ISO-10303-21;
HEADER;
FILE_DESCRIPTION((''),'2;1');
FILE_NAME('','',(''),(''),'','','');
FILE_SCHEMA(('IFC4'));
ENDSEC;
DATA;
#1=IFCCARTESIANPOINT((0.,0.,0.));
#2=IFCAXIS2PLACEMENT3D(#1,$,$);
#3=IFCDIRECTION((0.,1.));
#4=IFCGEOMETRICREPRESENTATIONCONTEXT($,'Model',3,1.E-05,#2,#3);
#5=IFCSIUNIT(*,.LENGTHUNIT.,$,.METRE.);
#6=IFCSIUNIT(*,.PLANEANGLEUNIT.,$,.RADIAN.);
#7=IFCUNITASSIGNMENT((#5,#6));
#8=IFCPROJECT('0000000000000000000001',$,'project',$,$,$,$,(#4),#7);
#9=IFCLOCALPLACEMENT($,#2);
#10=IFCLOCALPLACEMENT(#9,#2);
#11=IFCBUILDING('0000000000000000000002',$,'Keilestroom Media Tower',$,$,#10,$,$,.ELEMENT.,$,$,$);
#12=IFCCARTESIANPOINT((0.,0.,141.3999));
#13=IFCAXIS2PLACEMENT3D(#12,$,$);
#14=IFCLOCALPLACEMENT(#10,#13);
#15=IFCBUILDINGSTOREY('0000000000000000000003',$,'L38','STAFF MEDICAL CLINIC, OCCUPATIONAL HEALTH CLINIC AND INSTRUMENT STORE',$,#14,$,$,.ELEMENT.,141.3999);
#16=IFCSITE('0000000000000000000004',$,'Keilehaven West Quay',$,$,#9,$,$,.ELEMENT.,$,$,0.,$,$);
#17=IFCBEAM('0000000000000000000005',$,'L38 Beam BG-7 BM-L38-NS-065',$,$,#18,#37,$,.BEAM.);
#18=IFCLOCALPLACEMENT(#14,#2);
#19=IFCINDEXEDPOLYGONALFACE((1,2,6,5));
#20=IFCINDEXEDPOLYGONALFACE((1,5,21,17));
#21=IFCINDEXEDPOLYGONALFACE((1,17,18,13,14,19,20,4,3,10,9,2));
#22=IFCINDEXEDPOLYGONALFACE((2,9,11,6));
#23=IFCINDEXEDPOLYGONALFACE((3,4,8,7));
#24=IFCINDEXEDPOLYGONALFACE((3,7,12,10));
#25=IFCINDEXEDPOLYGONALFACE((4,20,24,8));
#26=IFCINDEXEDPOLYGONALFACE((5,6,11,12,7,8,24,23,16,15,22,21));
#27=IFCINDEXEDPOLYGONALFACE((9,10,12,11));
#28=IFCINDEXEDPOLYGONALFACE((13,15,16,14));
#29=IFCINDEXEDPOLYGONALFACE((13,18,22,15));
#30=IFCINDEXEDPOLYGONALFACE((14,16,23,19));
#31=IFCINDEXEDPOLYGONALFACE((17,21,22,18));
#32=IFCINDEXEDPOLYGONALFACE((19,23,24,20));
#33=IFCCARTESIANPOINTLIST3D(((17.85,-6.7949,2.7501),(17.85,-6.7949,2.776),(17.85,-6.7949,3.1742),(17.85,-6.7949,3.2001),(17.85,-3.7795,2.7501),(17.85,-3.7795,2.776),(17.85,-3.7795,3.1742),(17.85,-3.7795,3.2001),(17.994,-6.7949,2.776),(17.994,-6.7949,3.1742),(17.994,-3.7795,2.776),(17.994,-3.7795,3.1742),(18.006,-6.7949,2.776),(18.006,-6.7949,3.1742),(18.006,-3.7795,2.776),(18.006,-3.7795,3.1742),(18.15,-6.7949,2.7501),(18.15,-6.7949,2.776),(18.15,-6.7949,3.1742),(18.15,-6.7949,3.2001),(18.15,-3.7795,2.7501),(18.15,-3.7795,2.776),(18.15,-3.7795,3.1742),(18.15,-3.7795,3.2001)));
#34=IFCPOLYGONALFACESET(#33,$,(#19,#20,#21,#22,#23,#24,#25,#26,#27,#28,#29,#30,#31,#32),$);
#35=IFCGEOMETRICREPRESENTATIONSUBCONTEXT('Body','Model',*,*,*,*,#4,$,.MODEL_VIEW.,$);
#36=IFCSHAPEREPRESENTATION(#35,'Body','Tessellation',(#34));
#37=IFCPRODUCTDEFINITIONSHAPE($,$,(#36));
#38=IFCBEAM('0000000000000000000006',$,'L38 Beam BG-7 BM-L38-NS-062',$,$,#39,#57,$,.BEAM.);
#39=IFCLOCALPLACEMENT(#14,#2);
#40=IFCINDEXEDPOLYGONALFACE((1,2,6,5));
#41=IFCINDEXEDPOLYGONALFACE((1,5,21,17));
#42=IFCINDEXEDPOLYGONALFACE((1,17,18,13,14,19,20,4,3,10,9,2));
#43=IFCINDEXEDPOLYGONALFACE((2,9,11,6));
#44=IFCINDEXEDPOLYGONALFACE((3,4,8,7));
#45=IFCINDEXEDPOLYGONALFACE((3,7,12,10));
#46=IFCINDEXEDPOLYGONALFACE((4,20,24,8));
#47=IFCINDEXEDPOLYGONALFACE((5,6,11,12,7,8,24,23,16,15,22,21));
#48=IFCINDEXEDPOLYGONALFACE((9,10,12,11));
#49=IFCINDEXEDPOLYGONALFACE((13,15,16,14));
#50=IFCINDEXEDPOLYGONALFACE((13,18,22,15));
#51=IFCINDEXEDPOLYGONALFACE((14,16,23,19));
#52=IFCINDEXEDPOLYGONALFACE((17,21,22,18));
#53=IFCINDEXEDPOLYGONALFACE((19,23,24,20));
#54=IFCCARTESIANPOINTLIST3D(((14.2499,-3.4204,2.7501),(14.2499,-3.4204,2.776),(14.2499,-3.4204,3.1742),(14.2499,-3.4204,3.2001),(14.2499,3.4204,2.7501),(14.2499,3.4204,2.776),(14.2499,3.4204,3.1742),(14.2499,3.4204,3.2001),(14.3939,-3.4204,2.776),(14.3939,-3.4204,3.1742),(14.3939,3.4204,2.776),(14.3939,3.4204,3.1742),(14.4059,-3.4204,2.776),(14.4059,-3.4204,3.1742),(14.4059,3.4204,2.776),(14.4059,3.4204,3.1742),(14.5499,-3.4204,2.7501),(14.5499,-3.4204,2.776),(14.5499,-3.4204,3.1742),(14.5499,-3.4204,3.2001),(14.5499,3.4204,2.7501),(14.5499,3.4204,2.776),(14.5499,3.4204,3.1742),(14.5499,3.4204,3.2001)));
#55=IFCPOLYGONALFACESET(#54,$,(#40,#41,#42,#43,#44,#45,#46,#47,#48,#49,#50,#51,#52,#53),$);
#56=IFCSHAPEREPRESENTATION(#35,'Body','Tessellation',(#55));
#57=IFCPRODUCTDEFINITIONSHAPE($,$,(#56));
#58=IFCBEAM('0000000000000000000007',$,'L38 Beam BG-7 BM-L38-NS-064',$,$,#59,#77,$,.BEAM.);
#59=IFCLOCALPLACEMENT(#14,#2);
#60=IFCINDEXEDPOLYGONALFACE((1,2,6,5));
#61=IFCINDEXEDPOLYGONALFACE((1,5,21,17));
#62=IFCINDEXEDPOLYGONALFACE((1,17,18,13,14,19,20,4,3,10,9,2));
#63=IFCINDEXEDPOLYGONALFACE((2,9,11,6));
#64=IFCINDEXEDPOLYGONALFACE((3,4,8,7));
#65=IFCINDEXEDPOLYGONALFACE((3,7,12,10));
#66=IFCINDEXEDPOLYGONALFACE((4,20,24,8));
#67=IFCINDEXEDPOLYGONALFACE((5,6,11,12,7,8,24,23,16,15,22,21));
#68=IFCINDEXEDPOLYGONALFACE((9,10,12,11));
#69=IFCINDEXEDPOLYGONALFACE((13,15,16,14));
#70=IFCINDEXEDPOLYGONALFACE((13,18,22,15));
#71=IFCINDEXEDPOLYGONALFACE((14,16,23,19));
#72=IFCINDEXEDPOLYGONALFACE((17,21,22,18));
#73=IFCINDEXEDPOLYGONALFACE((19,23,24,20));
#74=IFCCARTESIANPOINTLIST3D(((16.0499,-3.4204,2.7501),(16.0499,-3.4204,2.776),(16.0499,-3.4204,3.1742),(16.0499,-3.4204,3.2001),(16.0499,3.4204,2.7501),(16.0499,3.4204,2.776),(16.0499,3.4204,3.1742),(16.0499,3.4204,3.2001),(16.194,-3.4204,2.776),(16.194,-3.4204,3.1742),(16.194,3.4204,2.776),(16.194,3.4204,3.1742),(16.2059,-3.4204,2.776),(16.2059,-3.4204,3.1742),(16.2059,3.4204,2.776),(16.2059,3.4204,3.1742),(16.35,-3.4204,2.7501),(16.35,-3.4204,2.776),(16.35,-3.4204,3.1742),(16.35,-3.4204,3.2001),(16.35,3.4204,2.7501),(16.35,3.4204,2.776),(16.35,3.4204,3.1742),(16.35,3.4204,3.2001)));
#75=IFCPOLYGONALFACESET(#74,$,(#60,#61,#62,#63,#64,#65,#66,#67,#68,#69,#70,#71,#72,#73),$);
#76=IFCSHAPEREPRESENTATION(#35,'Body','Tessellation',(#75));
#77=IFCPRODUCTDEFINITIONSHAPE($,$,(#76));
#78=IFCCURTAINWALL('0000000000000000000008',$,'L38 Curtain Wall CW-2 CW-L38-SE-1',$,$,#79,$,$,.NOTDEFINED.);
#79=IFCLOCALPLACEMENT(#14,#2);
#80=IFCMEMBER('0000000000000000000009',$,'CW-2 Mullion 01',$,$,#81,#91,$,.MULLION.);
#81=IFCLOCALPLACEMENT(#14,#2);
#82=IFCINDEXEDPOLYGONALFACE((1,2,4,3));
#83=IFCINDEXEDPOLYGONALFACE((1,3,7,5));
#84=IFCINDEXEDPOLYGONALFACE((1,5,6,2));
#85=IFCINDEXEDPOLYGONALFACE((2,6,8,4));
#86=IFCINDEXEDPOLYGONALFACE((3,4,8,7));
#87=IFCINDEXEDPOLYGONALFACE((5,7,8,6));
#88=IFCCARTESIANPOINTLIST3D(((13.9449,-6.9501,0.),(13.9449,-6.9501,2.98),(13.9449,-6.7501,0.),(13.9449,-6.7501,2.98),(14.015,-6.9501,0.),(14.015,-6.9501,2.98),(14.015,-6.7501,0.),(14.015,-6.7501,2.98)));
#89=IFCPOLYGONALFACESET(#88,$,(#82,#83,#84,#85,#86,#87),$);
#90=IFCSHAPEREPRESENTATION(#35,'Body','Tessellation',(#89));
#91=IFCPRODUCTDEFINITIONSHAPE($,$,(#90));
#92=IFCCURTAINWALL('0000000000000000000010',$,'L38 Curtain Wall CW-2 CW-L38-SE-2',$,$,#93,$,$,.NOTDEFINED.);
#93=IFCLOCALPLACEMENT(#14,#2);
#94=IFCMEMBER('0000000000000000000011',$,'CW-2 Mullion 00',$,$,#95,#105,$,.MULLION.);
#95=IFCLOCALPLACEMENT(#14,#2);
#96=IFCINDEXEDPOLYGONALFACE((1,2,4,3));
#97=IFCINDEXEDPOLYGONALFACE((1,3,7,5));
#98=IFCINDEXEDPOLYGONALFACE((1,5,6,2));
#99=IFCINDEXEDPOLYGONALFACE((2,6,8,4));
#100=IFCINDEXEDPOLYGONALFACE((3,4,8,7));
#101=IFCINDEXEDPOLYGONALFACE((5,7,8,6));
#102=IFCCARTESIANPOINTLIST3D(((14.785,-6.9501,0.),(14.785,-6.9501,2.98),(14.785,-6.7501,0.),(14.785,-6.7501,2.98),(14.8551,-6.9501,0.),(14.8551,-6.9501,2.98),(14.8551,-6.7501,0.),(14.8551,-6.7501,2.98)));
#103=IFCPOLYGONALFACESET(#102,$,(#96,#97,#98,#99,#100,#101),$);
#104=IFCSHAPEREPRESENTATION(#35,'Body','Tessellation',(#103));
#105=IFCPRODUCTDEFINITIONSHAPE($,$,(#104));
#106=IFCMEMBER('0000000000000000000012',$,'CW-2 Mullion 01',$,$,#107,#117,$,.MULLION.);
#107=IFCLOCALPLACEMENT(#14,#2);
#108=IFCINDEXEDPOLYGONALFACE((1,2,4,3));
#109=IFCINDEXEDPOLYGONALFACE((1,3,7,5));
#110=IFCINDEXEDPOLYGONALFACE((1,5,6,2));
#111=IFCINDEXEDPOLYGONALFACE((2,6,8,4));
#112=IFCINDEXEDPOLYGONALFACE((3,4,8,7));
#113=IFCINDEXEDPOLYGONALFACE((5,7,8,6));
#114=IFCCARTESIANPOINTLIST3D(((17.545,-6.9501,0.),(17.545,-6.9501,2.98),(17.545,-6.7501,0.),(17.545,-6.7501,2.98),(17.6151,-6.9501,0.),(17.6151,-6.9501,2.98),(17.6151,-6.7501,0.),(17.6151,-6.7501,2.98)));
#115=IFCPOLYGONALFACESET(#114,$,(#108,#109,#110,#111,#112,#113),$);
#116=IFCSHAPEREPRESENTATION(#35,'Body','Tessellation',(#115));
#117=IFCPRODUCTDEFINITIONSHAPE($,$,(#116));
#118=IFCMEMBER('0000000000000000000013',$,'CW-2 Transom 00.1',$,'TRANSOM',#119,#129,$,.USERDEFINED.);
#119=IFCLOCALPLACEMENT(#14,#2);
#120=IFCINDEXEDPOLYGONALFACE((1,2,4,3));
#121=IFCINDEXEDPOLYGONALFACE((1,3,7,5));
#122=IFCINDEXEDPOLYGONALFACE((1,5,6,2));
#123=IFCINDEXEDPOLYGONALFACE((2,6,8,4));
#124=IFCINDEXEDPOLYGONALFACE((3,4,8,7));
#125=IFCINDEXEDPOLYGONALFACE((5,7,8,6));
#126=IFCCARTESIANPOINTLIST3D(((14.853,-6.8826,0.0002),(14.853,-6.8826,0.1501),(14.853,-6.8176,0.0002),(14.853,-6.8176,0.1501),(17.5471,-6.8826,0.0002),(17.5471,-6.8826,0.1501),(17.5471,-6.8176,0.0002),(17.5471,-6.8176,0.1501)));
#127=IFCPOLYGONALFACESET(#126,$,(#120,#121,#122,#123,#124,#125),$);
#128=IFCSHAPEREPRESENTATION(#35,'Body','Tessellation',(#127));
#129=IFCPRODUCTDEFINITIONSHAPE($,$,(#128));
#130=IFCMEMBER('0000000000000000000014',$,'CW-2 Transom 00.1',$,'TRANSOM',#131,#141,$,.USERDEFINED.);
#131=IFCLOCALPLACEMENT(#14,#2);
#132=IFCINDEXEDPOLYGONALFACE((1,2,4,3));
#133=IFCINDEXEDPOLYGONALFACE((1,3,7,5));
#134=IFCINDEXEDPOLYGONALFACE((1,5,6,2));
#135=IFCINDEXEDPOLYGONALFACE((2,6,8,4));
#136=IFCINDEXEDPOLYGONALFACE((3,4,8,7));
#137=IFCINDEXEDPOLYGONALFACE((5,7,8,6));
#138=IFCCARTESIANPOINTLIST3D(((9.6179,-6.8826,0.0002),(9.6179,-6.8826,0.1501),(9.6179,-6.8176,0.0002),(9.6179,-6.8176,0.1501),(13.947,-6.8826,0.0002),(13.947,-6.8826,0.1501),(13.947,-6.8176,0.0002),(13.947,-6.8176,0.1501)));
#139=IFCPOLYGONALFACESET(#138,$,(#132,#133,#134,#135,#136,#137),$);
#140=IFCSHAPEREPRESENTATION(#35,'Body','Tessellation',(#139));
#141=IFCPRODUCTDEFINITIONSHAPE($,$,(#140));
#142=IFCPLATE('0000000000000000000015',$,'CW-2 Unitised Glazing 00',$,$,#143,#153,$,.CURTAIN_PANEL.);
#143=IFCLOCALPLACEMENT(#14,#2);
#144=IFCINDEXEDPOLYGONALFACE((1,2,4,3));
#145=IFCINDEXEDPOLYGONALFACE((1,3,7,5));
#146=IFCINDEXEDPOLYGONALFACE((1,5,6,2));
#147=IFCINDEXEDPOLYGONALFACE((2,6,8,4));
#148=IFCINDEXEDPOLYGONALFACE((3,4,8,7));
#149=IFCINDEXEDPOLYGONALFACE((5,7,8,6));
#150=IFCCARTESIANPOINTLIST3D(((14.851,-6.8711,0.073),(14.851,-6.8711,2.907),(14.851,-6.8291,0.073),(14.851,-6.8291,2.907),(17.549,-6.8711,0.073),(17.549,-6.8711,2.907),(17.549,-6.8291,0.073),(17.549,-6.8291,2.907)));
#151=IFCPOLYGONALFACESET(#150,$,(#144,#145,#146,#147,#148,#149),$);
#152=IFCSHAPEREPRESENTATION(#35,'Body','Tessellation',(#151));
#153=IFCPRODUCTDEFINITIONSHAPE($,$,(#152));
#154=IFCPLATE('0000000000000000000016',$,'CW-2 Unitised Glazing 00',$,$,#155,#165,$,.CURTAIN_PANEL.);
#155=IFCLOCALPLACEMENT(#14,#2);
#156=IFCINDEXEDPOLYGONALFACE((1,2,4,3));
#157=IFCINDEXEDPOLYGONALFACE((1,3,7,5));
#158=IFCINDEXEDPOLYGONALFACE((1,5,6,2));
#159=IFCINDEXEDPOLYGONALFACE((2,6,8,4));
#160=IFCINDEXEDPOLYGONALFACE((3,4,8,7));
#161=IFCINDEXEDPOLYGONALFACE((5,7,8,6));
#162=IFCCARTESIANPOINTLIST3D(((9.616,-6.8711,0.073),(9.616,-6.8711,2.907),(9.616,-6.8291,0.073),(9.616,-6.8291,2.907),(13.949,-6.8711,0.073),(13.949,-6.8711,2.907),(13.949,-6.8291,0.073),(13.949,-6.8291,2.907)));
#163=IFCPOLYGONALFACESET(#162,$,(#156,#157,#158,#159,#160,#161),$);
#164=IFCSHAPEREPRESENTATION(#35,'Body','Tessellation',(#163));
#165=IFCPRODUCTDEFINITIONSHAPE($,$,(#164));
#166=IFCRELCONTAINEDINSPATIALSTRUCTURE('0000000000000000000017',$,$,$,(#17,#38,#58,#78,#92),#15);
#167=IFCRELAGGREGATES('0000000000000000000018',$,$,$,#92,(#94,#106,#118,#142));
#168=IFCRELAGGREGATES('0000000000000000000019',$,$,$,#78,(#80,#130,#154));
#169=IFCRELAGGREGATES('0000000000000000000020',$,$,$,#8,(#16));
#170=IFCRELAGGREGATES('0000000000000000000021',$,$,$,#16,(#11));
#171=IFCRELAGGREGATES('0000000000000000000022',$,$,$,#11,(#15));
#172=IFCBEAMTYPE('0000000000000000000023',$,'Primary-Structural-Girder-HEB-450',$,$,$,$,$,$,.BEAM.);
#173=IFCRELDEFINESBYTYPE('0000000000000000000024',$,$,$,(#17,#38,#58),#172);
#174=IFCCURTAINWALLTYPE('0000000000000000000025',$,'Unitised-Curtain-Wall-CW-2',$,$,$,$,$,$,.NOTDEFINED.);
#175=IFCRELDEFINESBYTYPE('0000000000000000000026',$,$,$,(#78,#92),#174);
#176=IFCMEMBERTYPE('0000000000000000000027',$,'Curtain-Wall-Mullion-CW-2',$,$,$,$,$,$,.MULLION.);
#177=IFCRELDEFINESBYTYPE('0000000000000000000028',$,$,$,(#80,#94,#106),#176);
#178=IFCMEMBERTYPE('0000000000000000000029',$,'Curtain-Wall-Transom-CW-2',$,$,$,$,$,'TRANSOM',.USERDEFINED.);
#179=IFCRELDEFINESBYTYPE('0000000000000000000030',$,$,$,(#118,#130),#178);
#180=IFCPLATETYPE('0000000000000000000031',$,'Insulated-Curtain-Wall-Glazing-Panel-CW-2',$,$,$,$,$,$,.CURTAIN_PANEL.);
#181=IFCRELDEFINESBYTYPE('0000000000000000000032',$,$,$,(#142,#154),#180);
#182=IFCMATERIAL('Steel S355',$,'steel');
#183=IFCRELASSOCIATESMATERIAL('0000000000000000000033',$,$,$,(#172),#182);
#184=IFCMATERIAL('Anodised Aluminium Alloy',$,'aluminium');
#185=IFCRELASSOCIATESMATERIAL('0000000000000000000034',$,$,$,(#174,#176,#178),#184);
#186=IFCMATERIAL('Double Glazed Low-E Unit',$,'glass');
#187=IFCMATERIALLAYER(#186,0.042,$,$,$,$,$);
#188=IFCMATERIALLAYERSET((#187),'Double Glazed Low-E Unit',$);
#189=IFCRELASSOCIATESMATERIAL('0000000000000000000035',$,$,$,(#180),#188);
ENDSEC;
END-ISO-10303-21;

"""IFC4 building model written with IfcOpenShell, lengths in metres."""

from ifc_helpers import new_model, si_unit, direction, frame, origin, origin_2d, place, context, subcontext, project, spatial, rectangle, i_section, extrude, source, transform, mapped, material, layer, layer_set, material_profile, profile_set, type_object, element, aggregate, save


model = new_model("IFC4")

# Units and contexts
model_context = context("Model", 3, precision=1e-05, world=origin(), true_north=direction((0.0, 1.0)))
body_context = subcontext(model_context, "Body", "Model", "MODEL_VIEW")
ifc_project = project(units=[si_unit("LENGTHUNIT", "METRE"), si_unit("PLANEANGLEUNIT", "RADIAN")], contexts=[model_context])

# Site, building, storey
site_placement = place(None, origin())
site = spatial("IfcSite", under=ifc_project, at=site_placement, Name="Keilehaven West Quay", CompositionType="ELEMENT", RefElevation=0.0)
building_placement = place(site_placement, origin())
building = spatial("IfcBuilding", under=site, at=building_placement, Name="Keilestroom Media Tower", CompositionType="ELEMENT")
storey_placement = place(building_placement, frame((0.0, 0.0, 141.3999)))
storey = spatial("IfcBuildingStorey", under=building, at=storey_placement, Name="L38", Description="STAFF MEDICAL CLINIC, OCCUPATIONAL HEALTH CLINIC AND INSTRUMENT STORE", CompositionType="ELEMENT", Elevation=141.3999)

# Shared definitions
ifc_material_1 = material(Name="Steel S355", Category="steel")

# Beams
ifc_material_profile_1 = material_profile(ifc_material_1, i_section(OverallWidth=0.3, OverallDepth=0.45, WebThickness=0.012, FlangeThickness=0.0259, at=origin_2d()), Name="HEB 450")
ifc_profile_set_1 = profile_set([ifc_material_profile_1], Name="Steel S355")
beam_type_1 = type_object("IfcBeamType", Name="Primary-Structural-Girder-HEB-450", PredefinedType="BEAM", material=ifc_profile_set_1)
shared_shape_1 = source(origin(), body_context, "Body", "SweptSolid", [
    extrude(i_section(OverallWidth=0.3, OverallDepth=0.45, WebThickness=0.012, FlangeThickness=0.0259, at=origin_2d()), origin(), (0.0, 0.0, 1.0), 3.0154),
])
for number, where, z_axis, x_axis, name in (
    (1, (18.0, -6.7949, 2.9751), (0.0, 1.0, 0.0), (-1.0, 0.0, 0.0), "L38 Beam BG-7 BM-L38-NS-065"),
):
    element("IfcBeam", number, at=place(storey_placement, frame(where, z_axis=z_axis, x_axis=x_axis)), inside=storey, type_object=beam_type_1, Name=name, PredefinedType="BEAM", context=body_context, shape_type="MappedRepresentation", body=[
        mapped(shared_shape_1, transform((0.0, 0.0, 0.0), x_axis=(1.0, 0.0, 0.0), y_axis=(0.0, 1.0, 0.0), z_axis=(0.0, 0.0, 1.0), scale=1.0)),
    ])
shared_shape_2 = source(origin(), body_context, "Body", "SweptSolid", [
    extrude(i_section(OverallWidth=0.3, OverallDepth=0.45, WebThickness=0.012, FlangeThickness=0.0259, at=origin_2d()), origin(), (0.0, 0.0, 1.0), 6.8408),
])
for number, where, z_axis, x_axis, name in (
    (2, (14.3999, -3.4204, 2.9751), (0.0, 1.0, 0.0), (-1.0, 0.0, 0.0), "L38 Beam BG-7 BM-L38-NS-062"),
    (3, (16.2, -3.4204, 2.9751), (0.0, 1.0, 0.0), (-1.0, 0.0, 0.0), "L38 Beam BG-7 BM-L38-NS-064"),
):
    element("IfcBeam", number, at=place(storey_placement, frame(where, z_axis=z_axis, x_axis=x_axis)), inside=storey, type_object=beam_type_1, Name=name, PredefinedType="BEAM", context=body_context, shape_type="MappedRepresentation", body=[
        mapped(shared_shape_2, transform((0.0, 0.0, 0.0), x_axis=(1.0, 0.0, 0.0), y_axis=(0.0, 1.0, 0.0), z_axis=(0.0, 0.0, 1.0), scale=1.0)),
    ])

# Curtain wall, member
ifc_material_2 = material(Name="Anodised Aluminium Alloy", Category="aluminium")
curtain_wall_type = type_object("IfcCurtainWallType", Name="Unitised-Curtain-Wall-CW-2", PredefinedType="NOTDEFINED", material=ifc_material_2)
curtain_wall_1_placement = place(storey_placement, origin())
curtain_wall_1 = element("IfcCurtainWall", 4, at=curtain_wall_1_placement, inside=storey, type_object=curtain_wall_type, Name="L38 Curtain Wall CW-2 CW-L38-SE-1", PredefinedType="NOTDEFINED")
ifc_material_profile_2 = material_profile(ifc_material_2, rectangle(XDim=0.0701, YDim=0.2, at=origin_2d()), Name="ALU MULLION 70x200")
ifc_profile_set_2 = profile_set([ifc_material_profile_2], Name="Anodised Aluminium Alloy")
member_type_1 = type_object("IfcMemberType", Name="Curtain-Wall-Mullion-CW-2", PredefinedType="MULLION", material=ifc_profile_set_2)
shared_shape_3 = source(origin(), body_context, "Body", "SweptSolid", [
    extrude(rectangle(XDim=0.0701, YDim=0.2, at=origin_2d()), origin(), (0.0, 0.0, 1.0), 2.98),
])
member_1_placement = place(storey_placement, frame((13.98, -6.8501, 0.0), z_axis=(0.0, 0.0, 1.0), x_axis=(1.0, 0.0, 0.0)))
member_1 = element("IfcMember", 5, at=member_1_placement, type_object=member_type_1, Name="CW-2 Mullion 01", PredefinedType="MULLION", context=body_context, shape_type="MappedRepresentation", body=[
    mapped(shared_shape_3, transform((0.0, 0.0, 0.0), x_axis=(1.0, 0.0, 0.0), y_axis=(0.0, 1.0, 0.0), z_axis=(0.0, 0.0, 1.0), scale=1.0)),
])

# Curtain wall, members
curtain_wall_2_placement = place(storey_placement, origin())
curtain_wall_2 = element("IfcCurtainWall", 6, at=curtain_wall_2_placement, inside=storey, type_object=curtain_wall_type, Name="L38 Curtain Wall CW-2 CW-L38-SE-2", PredefinedType="NOTDEFINED")
member_2_placement = place(storey_placement, frame((14.8201, -6.8501, 0.0), z_axis=(0.0, 0.0, 1.0), x_axis=(1.0, 0.0, 0.0)))
member_2 = element("IfcMember", 7, at=member_2_placement, type_object=member_type_1, Name="CW-2 Mullion 00", PredefinedType="MULLION", context=body_context, shape_type="MappedRepresentation", body=[
    mapped(shared_shape_3, transform((0.0, 0.0, 0.0), x_axis=(1.0, 0.0, 0.0), y_axis=(0.0, 1.0, 0.0), z_axis=(0.0, 0.0, 1.0), scale=1.0)),
])
member_3_placement = place(storey_placement, frame((17.5801, -6.8501, 0.0), z_axis=(0.0, 0.0, 1.0), x_axis=(1.0, 0.0, 0.0)))
member_3 = element("IfcMember", 8, at=member_3_placement, type_object=member_type_1, Name="CW-2 Mullion 01", PredefinedType="MULLION", context=body_context, shape_type="MappedRepresentation", body=[
    mapped(shared_shape_3, transform((0.0, 0.0, 0.0), x_axis=(1.0, 0.0, 0.0), y_axis=(0.0, 1.0, 0.0), z_axis=(0.0, 0.0, 1.0), scale=1.0)),
])
ifc_material_profile_3 = material_profile(ifc_material_2, rectangle(XDim=0.0649, YDim=0.1499, at=origin_2d()), Name="ALU TRANSOM 65x150")
ifc_profile_set_3 = profile_set([ifc_material_profile_3], Name="Anodised Aluminium Alloy")
member_type_2 = type_object("IfcMemberType", Name="Curtain-Wall-Transom-CW-2", ElementType="TRANSOM", PredefinedType="USERDEFINED", material=ifc_profile_set_3)
shared_shape_4 = source(origin(), body_context, "Body", "SweptSolid", [
    extrude(rectangle(XDim=0.0649, YDim=0.1499, at=origin_2d()), origin(), (0.0, 0.0, 1.0), 2.6941),
])
member_4_placement = place(storey_placement, frame((14.853, -6.8501, 0.0752), z_axis=(1.0, 0.0, 0.0), x_axis=(0.0, 1.0, 0.0)))
member_4 = element("IfcMember", 9, at=member_4_placement, type_object=member_type_2, Name="CW-2 Transom 00.1", ObjectType="TRANSOM", PredefinedType="USERDEFINED", context=body_context, shape_type="MappedRepresentation", body=[
    mapped(shared_shape_4, transform((0.0, 0.0, 0.0), x_axis=(1.0, 0.0, 0.0), y_axis=(0.0, 1.0, 0.0), z_axis=(0.0, 0.0, 1.0), scale=1.0)),
])

# Member
shared_shape_5 = source(origin(), body_context, "Body", "SweptSolid", [
    extrude(rectangle(XDim=0.0649, YDim=0.1499, at=origin_2d()), origin(), (0.0, 0.0, 1.0), 4.3291),
])
member_5_placement = place(storey_placement, frame((9.6179, -6.8501, 0.0752), z_axis=(1.0, 0.0, 0.0), x_axis=(0.0, 1.0, 0.0)))
member_5 = element("IfcMember", 10, at=member_5_placement, type_object=member_type_2, Name="CW-2 Transom 00.1", ObjectType="TRANSOM", PredefinedType="USERDEFINED", context=body_context, shape_type="MappedRepresentation", body=[
    mapped(shared_shape_5, transform((0.0, 0.0, 0.0), x_axis=(1.0, 0.0, 0.0), y_axis=(0.0, 1.0, 0.0), z_axis=(0.0, 0.0, 1.0), scale=1.0)),
])

# Plates
ifc_material_3 = material(Name="Double Glazed Low-E Unit", Category="glass")
ifc_layer_1 = layer(ifc_material_3, 0.042)
ifc_layer_set_1 = layer_set([ifc_layer_1], Name="Double Glazed Low-E Unit")
plate_type = type_object("IfcPlateType", Name="Insulated-Curtain-Wall-Glazing-Panel-CW-2", PredefinedType="CURTAIN_PANEL", material=ifc_layer_set_1)
shared_shape_6 = source(origin(), body_context, "Body", "SweptSolid", [
    extrude(rectangle(XDim=2.698, YDim=0.042, at=origin_2d()), origin(), (0.0, 0.0, 1.0), 2.834),
])
plate_1_placement = place(storey_placement, frame((16.2, -6.8501, 0.073), z_axis=(0.0, 0.0, 1.0), x_axis=(1.0, 0.0, 0.0)))
plate_1 = element("IfcPlate", 11, at=plate_1_placement, type_object=plate_type, Name="CW-2 Unitised Glazing 00", PredefinedType="CURTAIN_PANEL", context=body_context, shape_type="MappedRepresentation", body=[
    mapped(shared_shape_6, transform((0.0, 0.0, 0.0), x_axis=(1.0, 0.0, 0.0), y_axis=(0.0, 1.0, 0.0), z_axis=(0.0, 0.0, 1.0), scale=1.0)),
])
aggregate(curtain_wall_2, [member_2, member_3, member_4, plate_1])
shared_shape_7 = source(origin(), body_context, "Body", "SweptSolid", [
    extrude(rectangle(XDim=4.333, YDim=0.042, at=origin_2d()), origin(), (0.0, 0.0, 1.0), 2.834),
])
plate_2_placement = place(storey_placement, frame((11.7825, -6.8501, 0.073), z_axis=(0.0, 0.0, 1.0), x_axis=(1.0, 0.0, 0.0)))
plate_2 = element("IfcPlate", 12, at=plate_2_placement, type_object=plate_type, Name="CW-2 Unitised Glazing 00", PredefinedType="CURTAIN_PANEL", context=body_context, shape_type="MappedRepresentation", body=[
    mapped(shared_shape_7, transform((0.0, 0.0, 0.0), x_axis=(1.0, 0.0, 0.0), y_axis=(0.0, 1.0, 0.0), z_axis=(0.0, 0.0, 1.0), scale=1.0)),
])
aggregate(curtain_wall_1, [member_1, member_5, plate_2])

save(model, "model.ifc")
